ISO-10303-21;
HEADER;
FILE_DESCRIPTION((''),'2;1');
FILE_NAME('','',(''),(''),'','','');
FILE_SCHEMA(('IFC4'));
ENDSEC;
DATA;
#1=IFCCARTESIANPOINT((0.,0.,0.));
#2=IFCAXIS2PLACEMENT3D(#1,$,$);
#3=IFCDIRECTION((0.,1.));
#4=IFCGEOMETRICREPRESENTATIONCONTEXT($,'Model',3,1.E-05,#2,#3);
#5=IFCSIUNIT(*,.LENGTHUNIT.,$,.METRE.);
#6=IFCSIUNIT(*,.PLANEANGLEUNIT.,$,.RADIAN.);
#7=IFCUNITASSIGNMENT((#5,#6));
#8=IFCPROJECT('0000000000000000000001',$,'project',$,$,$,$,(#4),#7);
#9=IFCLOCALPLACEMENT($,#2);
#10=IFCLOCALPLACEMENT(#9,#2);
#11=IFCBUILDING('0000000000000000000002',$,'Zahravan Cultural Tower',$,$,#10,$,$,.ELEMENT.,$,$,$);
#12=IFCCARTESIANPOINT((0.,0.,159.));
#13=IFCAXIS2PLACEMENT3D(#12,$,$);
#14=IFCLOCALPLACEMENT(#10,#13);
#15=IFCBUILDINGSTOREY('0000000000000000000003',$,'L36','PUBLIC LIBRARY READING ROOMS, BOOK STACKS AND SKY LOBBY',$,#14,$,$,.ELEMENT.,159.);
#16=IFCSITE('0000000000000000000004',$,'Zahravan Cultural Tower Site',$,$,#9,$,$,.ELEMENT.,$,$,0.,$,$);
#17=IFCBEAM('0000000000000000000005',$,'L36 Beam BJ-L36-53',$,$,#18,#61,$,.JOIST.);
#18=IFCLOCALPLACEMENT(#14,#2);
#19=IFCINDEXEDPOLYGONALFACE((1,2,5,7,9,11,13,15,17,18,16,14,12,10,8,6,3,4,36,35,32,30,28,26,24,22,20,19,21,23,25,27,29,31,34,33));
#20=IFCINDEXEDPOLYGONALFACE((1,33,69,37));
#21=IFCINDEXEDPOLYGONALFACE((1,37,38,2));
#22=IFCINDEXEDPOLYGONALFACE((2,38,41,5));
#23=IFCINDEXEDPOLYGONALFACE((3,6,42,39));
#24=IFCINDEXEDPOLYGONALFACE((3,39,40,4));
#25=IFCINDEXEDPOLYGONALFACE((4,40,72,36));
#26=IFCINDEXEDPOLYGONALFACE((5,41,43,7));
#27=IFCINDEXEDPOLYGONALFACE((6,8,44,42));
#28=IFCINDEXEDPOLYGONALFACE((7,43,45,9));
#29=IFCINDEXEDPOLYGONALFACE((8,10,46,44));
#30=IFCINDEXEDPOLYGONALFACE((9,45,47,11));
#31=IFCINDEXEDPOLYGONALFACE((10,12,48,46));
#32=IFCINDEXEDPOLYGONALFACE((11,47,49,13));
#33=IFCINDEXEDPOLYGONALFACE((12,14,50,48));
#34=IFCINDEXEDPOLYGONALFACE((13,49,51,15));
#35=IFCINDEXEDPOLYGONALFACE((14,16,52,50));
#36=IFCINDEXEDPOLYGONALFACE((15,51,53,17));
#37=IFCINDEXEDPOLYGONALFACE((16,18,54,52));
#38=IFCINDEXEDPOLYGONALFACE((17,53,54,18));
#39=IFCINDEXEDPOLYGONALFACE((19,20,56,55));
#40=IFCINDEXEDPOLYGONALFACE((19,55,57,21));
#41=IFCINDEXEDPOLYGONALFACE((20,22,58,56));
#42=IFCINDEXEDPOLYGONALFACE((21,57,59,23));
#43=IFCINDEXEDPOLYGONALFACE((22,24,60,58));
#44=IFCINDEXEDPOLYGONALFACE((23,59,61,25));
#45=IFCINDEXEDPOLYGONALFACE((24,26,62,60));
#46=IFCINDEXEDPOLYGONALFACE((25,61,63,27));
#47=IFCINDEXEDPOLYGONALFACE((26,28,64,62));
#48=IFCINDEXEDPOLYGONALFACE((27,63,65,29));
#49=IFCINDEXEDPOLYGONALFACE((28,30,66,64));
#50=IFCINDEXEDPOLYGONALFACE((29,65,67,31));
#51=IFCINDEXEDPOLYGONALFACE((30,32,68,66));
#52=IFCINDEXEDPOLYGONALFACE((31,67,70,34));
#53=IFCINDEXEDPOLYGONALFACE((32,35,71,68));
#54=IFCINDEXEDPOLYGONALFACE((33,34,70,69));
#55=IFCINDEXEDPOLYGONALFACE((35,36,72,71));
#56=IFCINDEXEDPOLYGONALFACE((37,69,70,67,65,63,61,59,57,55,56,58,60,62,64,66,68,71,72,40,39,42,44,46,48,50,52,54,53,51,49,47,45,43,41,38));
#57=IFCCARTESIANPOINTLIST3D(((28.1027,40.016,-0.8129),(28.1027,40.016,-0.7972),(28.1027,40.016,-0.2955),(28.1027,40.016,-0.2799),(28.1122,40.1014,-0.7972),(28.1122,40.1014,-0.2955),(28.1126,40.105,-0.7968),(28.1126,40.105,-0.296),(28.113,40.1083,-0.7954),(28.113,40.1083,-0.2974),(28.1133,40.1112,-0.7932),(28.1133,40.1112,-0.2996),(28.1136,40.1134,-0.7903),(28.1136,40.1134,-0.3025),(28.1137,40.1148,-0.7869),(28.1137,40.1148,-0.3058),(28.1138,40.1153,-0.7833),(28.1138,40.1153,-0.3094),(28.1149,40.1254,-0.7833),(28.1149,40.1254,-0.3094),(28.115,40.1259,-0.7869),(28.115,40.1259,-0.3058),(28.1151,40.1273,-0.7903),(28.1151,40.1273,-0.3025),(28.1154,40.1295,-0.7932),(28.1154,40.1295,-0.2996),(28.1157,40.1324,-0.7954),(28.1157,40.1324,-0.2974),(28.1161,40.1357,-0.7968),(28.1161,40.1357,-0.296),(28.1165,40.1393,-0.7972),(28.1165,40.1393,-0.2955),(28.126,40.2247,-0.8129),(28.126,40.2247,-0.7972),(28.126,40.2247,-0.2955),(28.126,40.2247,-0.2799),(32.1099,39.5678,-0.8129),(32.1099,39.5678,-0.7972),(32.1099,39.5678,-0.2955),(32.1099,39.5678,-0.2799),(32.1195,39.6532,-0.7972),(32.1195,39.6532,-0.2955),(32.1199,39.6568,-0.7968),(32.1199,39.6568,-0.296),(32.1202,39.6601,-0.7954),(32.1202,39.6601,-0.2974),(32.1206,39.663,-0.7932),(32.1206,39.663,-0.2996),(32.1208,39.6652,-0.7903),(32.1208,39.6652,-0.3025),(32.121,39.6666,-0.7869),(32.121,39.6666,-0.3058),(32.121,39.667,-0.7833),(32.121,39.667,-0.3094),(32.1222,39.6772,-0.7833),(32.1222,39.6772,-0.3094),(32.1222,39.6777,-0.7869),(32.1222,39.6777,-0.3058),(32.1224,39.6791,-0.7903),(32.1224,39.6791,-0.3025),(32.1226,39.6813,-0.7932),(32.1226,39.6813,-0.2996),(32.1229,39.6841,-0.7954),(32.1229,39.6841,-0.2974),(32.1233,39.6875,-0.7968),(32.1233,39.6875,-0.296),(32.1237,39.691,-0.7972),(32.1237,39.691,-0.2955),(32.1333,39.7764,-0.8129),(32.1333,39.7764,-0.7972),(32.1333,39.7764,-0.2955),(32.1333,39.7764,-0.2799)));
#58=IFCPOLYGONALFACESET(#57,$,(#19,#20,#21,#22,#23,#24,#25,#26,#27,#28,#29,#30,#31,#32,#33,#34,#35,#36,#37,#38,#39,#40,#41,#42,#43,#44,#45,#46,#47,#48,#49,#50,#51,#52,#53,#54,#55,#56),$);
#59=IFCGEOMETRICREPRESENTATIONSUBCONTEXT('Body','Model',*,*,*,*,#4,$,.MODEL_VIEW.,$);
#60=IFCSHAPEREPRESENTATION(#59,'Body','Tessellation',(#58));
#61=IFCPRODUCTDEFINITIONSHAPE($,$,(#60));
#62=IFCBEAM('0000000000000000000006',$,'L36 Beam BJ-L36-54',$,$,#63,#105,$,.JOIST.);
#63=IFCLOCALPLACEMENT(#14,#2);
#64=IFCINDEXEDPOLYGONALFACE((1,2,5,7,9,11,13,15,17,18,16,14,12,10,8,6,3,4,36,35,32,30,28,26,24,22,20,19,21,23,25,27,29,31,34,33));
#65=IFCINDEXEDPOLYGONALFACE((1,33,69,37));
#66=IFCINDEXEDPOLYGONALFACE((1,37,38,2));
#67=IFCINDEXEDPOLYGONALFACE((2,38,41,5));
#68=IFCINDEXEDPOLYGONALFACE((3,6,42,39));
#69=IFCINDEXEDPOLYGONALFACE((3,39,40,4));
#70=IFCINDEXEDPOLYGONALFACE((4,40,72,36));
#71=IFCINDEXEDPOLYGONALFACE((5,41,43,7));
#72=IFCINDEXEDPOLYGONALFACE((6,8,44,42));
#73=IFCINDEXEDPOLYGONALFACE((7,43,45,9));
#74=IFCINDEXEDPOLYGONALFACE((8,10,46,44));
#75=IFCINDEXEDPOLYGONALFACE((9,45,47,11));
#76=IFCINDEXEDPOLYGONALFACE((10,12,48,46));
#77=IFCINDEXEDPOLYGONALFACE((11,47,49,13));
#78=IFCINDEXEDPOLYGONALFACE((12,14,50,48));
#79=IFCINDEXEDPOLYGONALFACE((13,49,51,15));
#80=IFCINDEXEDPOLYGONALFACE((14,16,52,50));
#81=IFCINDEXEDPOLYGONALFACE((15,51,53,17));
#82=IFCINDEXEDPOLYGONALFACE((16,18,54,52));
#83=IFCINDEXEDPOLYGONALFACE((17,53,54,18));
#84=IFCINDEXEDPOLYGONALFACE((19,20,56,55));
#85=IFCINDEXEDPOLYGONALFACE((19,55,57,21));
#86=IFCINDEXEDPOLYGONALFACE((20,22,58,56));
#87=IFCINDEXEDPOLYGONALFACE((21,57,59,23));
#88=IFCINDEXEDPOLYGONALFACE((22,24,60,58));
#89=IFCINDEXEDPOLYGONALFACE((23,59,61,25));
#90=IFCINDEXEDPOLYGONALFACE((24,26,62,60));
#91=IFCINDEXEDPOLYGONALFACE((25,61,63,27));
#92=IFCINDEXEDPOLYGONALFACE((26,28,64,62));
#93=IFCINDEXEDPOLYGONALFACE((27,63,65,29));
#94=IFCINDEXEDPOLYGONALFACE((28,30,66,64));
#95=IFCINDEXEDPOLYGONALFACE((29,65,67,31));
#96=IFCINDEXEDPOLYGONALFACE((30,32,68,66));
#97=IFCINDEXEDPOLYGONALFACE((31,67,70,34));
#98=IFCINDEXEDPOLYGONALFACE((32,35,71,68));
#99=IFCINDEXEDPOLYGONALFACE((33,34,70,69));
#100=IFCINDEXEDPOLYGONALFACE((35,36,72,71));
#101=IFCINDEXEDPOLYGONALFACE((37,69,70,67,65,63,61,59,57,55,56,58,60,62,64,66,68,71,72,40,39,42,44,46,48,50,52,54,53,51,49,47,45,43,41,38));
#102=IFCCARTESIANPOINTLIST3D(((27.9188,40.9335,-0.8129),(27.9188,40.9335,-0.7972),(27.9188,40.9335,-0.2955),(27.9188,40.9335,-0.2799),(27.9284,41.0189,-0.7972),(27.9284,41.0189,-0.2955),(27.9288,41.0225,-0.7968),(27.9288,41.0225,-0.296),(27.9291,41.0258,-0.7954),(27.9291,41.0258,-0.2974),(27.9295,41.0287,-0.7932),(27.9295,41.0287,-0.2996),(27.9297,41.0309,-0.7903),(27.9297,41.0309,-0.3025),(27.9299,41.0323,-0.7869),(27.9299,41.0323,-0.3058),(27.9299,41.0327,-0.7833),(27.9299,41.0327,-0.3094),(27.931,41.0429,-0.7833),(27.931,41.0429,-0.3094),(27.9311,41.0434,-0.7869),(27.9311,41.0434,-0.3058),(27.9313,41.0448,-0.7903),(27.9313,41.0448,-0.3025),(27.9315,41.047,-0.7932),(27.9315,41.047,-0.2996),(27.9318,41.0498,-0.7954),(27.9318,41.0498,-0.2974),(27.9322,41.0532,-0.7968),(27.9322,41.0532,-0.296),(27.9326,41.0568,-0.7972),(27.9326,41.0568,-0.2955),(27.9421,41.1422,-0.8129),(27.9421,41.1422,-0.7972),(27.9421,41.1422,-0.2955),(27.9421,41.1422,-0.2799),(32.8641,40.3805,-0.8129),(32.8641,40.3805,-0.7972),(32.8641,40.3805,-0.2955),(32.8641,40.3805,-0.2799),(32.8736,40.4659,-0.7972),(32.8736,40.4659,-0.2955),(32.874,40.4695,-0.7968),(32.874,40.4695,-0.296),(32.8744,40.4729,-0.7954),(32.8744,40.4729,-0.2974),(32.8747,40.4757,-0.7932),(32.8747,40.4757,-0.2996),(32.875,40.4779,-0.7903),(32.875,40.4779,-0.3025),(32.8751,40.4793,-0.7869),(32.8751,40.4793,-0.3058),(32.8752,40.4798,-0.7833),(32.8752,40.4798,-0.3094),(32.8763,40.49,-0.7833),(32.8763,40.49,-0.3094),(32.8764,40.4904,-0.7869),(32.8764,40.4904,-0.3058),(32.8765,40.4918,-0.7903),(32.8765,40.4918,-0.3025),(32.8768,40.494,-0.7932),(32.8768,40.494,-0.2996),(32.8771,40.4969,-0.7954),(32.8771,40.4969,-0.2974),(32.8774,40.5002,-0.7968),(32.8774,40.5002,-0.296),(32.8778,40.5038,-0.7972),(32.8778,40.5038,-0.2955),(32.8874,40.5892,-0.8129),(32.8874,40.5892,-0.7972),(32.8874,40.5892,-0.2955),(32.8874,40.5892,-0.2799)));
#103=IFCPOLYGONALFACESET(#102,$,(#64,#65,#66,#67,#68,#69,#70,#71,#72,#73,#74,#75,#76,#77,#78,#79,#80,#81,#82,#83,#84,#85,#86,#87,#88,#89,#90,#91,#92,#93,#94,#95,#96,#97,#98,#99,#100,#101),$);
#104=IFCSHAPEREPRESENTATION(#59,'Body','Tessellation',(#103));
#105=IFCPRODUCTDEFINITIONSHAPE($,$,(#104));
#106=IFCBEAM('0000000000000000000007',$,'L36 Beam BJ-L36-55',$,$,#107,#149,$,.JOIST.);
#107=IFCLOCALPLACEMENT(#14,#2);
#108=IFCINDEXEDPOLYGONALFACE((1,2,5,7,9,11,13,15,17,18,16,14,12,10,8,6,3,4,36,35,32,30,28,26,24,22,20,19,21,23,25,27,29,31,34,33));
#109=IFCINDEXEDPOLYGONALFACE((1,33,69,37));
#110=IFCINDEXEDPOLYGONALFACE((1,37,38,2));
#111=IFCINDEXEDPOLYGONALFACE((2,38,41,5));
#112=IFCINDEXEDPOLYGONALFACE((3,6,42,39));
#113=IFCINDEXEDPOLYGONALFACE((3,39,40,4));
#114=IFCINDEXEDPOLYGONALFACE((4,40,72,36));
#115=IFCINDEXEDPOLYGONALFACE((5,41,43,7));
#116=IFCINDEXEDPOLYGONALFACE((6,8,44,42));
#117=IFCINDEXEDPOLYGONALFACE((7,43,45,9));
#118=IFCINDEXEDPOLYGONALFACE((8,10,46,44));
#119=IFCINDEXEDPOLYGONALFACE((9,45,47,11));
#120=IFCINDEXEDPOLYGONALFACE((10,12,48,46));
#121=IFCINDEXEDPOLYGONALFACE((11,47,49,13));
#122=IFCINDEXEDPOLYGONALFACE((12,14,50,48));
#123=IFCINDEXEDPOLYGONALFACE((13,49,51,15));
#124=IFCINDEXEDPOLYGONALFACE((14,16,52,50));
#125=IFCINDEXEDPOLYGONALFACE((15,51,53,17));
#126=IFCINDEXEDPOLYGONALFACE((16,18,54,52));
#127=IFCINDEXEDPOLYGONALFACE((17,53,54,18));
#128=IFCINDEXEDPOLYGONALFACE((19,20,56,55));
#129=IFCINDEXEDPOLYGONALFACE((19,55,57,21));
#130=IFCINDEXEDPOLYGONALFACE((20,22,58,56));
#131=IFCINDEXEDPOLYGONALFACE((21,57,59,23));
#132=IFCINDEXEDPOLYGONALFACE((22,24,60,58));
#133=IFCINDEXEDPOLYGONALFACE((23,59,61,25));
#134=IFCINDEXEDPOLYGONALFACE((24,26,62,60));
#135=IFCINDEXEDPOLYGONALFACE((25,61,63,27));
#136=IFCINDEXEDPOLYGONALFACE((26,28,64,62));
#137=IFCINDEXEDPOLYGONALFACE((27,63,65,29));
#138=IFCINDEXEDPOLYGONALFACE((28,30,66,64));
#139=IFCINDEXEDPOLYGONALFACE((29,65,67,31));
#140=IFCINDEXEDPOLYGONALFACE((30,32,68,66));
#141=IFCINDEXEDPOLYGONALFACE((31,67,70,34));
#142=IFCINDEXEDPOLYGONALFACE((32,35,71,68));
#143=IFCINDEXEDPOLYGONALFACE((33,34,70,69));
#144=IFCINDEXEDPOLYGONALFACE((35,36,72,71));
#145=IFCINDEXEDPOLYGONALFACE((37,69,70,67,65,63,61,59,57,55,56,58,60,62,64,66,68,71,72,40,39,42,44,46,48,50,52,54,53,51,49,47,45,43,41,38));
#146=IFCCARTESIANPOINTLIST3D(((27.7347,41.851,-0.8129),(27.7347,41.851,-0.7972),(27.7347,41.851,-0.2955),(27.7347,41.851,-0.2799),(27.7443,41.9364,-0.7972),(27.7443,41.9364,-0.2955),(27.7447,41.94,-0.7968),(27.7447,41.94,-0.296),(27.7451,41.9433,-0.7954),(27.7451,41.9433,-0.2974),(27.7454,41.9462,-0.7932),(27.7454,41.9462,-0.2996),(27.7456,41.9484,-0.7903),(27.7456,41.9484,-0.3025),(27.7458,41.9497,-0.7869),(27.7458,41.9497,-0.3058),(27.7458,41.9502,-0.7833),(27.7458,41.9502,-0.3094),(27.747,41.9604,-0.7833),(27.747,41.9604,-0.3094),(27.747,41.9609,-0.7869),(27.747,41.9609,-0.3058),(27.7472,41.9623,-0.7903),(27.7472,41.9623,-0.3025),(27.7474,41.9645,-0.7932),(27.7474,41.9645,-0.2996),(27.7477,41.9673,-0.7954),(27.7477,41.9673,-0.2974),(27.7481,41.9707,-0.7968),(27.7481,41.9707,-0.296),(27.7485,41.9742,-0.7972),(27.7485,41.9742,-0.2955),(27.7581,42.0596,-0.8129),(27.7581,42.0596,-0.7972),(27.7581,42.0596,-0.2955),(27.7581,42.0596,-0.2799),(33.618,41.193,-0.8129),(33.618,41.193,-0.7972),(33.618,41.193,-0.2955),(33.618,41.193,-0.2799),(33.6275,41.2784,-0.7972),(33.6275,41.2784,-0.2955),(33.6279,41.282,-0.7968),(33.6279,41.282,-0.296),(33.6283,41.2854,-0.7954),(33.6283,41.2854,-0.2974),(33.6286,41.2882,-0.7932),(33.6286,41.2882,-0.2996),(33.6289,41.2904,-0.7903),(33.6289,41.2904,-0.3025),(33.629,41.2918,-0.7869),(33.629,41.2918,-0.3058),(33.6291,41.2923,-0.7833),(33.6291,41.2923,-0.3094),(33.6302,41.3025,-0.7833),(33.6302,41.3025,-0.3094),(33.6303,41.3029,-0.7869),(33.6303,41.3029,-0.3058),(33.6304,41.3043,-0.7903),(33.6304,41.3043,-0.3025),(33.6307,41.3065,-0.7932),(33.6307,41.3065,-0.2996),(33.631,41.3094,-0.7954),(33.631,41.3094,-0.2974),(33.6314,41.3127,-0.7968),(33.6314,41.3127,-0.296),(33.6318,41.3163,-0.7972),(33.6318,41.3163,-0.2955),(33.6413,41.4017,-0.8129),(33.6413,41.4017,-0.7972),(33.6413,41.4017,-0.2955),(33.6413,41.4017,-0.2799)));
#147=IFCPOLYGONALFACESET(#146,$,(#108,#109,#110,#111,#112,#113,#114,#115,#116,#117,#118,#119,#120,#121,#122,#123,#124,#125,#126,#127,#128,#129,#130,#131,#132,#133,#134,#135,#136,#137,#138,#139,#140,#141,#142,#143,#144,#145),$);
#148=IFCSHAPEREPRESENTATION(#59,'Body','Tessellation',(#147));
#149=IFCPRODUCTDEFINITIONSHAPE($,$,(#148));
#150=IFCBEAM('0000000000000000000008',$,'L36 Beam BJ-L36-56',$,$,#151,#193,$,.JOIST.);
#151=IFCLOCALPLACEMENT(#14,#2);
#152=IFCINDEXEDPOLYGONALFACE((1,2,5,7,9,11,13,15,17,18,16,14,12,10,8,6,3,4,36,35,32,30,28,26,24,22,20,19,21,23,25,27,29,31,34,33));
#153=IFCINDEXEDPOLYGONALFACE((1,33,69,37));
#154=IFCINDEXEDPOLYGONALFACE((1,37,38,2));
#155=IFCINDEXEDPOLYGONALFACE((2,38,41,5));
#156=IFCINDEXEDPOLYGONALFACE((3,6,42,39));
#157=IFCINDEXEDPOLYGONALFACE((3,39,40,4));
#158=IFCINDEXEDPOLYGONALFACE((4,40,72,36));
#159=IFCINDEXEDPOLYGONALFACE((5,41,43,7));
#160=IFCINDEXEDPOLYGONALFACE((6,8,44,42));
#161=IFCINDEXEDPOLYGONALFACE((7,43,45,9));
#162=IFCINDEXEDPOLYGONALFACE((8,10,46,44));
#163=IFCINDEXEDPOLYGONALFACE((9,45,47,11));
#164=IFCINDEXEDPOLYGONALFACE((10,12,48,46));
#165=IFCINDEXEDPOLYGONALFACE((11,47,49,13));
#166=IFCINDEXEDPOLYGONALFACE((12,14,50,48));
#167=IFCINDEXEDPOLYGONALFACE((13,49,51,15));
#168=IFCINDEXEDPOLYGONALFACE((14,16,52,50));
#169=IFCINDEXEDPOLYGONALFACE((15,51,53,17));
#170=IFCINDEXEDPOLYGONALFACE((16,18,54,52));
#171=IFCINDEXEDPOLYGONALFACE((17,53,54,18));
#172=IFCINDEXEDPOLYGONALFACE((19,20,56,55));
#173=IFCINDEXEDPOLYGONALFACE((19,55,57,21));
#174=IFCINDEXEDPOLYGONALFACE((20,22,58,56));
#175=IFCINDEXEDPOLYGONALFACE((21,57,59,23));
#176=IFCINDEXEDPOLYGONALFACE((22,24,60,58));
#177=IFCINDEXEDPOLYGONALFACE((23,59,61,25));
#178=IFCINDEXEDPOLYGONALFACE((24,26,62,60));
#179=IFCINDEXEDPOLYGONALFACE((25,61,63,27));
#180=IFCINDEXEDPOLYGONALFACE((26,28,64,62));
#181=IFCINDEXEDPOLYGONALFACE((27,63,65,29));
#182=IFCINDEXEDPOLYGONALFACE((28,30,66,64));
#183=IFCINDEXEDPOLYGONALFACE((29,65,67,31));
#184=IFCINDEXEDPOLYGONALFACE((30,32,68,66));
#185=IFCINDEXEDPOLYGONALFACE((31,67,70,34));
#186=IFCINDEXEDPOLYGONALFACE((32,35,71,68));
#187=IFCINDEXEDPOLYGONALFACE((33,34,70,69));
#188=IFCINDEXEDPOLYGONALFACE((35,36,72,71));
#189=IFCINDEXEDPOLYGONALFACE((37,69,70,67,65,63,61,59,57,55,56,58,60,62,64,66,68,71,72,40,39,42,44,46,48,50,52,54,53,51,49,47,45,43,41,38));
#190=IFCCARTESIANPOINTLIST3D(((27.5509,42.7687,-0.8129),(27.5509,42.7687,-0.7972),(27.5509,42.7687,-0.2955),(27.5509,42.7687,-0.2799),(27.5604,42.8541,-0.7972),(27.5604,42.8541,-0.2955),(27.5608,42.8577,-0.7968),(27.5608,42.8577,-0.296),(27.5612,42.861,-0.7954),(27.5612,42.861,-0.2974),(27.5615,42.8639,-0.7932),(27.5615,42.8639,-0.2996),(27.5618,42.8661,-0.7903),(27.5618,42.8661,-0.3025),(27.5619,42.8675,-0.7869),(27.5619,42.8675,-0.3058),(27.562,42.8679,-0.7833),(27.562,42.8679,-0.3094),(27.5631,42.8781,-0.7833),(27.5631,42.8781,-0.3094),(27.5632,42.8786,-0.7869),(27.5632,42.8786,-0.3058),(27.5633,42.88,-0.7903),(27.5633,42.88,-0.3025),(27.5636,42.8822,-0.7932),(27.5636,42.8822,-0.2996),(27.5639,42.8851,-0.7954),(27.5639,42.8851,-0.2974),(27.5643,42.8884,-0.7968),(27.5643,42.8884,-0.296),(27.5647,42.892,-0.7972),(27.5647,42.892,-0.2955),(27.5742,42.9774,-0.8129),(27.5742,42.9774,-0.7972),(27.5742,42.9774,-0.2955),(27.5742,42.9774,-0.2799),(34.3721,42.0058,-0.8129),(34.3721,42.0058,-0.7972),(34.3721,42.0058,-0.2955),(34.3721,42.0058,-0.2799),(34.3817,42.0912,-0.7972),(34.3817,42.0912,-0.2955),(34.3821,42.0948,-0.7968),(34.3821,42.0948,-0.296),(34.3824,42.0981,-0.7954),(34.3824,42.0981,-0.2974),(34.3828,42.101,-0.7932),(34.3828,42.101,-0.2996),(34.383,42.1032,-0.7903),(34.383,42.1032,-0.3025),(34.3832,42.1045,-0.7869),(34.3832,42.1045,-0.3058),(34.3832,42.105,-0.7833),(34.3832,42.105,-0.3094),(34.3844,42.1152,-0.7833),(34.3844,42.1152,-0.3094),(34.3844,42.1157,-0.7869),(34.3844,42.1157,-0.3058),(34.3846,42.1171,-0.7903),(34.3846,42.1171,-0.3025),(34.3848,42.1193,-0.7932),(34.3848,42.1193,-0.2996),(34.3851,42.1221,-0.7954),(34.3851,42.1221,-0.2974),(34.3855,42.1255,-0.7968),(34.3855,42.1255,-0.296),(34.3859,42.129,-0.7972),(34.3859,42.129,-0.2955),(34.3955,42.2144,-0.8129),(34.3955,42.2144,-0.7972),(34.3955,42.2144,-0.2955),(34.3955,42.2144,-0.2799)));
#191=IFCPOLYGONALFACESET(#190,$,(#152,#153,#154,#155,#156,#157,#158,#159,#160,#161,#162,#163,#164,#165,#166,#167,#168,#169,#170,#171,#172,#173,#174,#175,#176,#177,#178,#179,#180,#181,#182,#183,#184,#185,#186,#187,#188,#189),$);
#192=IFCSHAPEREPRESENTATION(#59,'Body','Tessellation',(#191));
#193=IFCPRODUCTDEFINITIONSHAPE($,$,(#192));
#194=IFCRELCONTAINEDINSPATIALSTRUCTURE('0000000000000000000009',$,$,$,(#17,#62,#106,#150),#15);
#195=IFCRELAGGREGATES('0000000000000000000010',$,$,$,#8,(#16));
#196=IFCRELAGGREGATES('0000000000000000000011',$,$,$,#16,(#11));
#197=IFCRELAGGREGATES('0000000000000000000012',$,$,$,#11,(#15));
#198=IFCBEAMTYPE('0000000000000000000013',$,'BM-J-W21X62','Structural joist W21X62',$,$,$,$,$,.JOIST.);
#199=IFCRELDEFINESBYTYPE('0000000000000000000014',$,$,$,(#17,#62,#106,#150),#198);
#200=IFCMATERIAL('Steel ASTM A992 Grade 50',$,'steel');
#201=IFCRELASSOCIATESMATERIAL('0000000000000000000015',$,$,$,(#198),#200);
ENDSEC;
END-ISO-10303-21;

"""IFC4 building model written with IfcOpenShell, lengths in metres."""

from ifc_helpers import new_model, si_unit, direction, frame, origin, origin_2d, place, context, subcontext, project, spatial, i_section, extrude, source, transform, mapped, material, material_profile, profile_set, type_object, element, save


model = new_model("IFC4")

# Units and contexts
model_context = context("Model", 3, precision=1e-05, world=origin(), true_north=direction((0.0, 1.0)))
body_context = subcontext(model_context, "Body", "Model", "MODEL_VIEW")
ifc_project = project(units=[si_unit("LENGTHUNIT", "METRE"), si_unit("PLANEANGLEUNIT", "RADIAN")], contexts=[model_context])

# Site, building, storey
site_placement = place(None, origin())
site = spatial("IfcSite", under=ifc_project, at=site_placement, Name="Zahravan Cultural Tower Site", CompositionType="ELEMENT", RefElevation=0.0)
building_placement = place(site_placement, origin())
building = spatial("IfcBuilding", under=site, at=building_placement, Name="Zahravan Cultural Tower", CompositionType="ELEMENT")
storey_placement = place(building_placement, frame((0.0, 0.0, 159.0)))
storey = spatial("IfcBuildingStorey", under=building, at=storey_placement, Name="L36", Description="PUBLIC LIBRARY READING ROOMS, BOOK STACKS AND SKY LOBBY", CompositionType="ELEMENT", Elevation=159.0)

# Shared definitions
ifc_material_1 = material(Name="Steel ASTM A992 Grade 50", Category="steel")

# Beams
ifc_material_profile_1 = material_profile(ifc_material_1, i_section(OverallWidth=0.21, OverallDepth=0.533, WebThickness=0.0103, FlangeThickness=0.0156, FilletRadius=0.0139, at=origin_2d()), Name="W21X62")
ifc_profile_set_1 = profile_set([ifc_material_profile_1], Name="Steel ASTM A992 Grade 50")
beam_type_1 = type_object("IfcBeamType", Name="BM-J-W21X62", Description="Structural joist W21X62", PredefinedType="JOIST", material=ifc_profile_set_1)
shared_shape_1 = source(origin(), body_context, "Body", "SweptSolid", [
    extrude(i_section(OverallWidth=0.21, OverallDepth=0.533, WebThickness=0.0103, FlangeThickness=0.0156, FilletRadius=0.0139, at=origin_2d()), origin(), (0.0, 0.0, 1.0), 4.0322),
])
beam_1_placement = place(storey_placement, frame((32.1216, 39.6721, -0.5464), z_axis=(-0.993802, 0.111162, 0.0), x_axis=(-0.111162, -0.993802, 0.0)))
element("IfcBeam", 1, at=beam_1_placement, inside=storey, type_object=beam_type_1, Name="L36 Beam BJ-L36-53", PredefinedType="JOIST", context=body_context, shape_type="MappedRepresentation", body=[
    mapped(shared_shape_1, transform((0.0, 0.0, 0.0), x_axis=(1.0, 0.0, 0.0), y_axis=(0.0, 1.0, 0.0), z_axis=(0.0, 0.0, 1.0), scale=1.0)),
])
shared_shape_2 = source(origin(), body_context, "Body", "SweptSolid", [
    extrude(i_section(OverallWidth=0.21, OverallDepth=0.533, WebThickness=0.0103, FlangeThickness=0.0156, FilletRadius=0.0139, at=origin_2d()), origin(), (0.0, 0.0, 1.0), 4.9761),
])
beam_2_placement = place(storey_placement, frame((32.8757, 40.4849, -0.5464), z_axis=(-0.993806, 0.111126, 0.0), x_axis=(-0.111126, -0.993806, 0.0)))
element("IfcBeam", 2, at=beam_2_placement, inside=storey, type_object=beam_type_1, Name="L36 Beam BJ-L36-54", PredefinedType="JOIST", context=body_context, shape_type="MappedRepresentation", body=[
    mapped(shared_shape_2, transform((0.0, 0.0, 0.0), x_axis=(1.0, 0.0, 0.0), y_axis=(0.0, 1.0, 0.0), z_axis=(0.0, 0.0, 1.0), scale=1.0)),
])
shared_shape_3 = source(origin(), body_context, "Body", "SweptSolid", [
    extrude(i_section(OverallWidth=0.21, OverallDepth=0.533, WebThickness=0.0103, FlangeThickness=0.0156, FilletRadius=0.0139, at=origin_2d()), origin(), (0.0, 0.0, 1.0), 5.9199),
])
beam_3_placement = place(storey_placement, frame((33.6296, 41.2974, -0.5464), z_axis=(-0.993805, 0.111142, 0.0), x_axis=(-0.111142, -0.993805, 0.0)))
element("IfcBeam", 3, at=beam_3_placement, inside=storey, type_object=beam_type_1, Name="L36 Beam BJ-L36-55", PredefinedType="JOIST", context=body_context, shape_type="MappedRepresentation", body=[
    mapped(shared_shape_3, transform((0.0, 0.0, 0.0), x_axis=(1.0, 0.0, 0.0), y_axis=(0.0, 1.0, 0.0), z_axis=(0.0, 0.0, 1.0), scale=1.0)),
])
shared_shape_4 = source(origin(), body_context, "Body", "SweptSolid", [
    extrude(i_section(OverallWidth=0.21, OverallDepth=0.533, WebThickness=0.0103, FlangeThickness=0.0156, FilletRadius=0.0139, at=origin_2d()), origin(), (0.0, 0.0, 1.0), 6.8638),
])
beam_4_placement = place(storey_placement, frame((34.3838, 42.1101, -0.5464), z_axis=(-0.993803, 0.111154, 0.0), x_axis=(-0.111154, -0.993803, 0.0)))
element("IfcBeam", 4, at=beam_4_placement, inside=storey, type_object=beam_type_1, Name="L36 Beam BJ-L36-56", PredefinedType="JOIST", context=body_context, shape_type="MappedRepresentation", body=[
    mapped(shared_shape_4, transform((0.0, 0.0, 0.0), x_axis=(1.0, 0.0, 0.0), y_axis=(0.0, 1.0, 0.0), z_axis=(0.0, 0.0, 1.0), scale=1.0)),
])

save(model, "model.ifc")
